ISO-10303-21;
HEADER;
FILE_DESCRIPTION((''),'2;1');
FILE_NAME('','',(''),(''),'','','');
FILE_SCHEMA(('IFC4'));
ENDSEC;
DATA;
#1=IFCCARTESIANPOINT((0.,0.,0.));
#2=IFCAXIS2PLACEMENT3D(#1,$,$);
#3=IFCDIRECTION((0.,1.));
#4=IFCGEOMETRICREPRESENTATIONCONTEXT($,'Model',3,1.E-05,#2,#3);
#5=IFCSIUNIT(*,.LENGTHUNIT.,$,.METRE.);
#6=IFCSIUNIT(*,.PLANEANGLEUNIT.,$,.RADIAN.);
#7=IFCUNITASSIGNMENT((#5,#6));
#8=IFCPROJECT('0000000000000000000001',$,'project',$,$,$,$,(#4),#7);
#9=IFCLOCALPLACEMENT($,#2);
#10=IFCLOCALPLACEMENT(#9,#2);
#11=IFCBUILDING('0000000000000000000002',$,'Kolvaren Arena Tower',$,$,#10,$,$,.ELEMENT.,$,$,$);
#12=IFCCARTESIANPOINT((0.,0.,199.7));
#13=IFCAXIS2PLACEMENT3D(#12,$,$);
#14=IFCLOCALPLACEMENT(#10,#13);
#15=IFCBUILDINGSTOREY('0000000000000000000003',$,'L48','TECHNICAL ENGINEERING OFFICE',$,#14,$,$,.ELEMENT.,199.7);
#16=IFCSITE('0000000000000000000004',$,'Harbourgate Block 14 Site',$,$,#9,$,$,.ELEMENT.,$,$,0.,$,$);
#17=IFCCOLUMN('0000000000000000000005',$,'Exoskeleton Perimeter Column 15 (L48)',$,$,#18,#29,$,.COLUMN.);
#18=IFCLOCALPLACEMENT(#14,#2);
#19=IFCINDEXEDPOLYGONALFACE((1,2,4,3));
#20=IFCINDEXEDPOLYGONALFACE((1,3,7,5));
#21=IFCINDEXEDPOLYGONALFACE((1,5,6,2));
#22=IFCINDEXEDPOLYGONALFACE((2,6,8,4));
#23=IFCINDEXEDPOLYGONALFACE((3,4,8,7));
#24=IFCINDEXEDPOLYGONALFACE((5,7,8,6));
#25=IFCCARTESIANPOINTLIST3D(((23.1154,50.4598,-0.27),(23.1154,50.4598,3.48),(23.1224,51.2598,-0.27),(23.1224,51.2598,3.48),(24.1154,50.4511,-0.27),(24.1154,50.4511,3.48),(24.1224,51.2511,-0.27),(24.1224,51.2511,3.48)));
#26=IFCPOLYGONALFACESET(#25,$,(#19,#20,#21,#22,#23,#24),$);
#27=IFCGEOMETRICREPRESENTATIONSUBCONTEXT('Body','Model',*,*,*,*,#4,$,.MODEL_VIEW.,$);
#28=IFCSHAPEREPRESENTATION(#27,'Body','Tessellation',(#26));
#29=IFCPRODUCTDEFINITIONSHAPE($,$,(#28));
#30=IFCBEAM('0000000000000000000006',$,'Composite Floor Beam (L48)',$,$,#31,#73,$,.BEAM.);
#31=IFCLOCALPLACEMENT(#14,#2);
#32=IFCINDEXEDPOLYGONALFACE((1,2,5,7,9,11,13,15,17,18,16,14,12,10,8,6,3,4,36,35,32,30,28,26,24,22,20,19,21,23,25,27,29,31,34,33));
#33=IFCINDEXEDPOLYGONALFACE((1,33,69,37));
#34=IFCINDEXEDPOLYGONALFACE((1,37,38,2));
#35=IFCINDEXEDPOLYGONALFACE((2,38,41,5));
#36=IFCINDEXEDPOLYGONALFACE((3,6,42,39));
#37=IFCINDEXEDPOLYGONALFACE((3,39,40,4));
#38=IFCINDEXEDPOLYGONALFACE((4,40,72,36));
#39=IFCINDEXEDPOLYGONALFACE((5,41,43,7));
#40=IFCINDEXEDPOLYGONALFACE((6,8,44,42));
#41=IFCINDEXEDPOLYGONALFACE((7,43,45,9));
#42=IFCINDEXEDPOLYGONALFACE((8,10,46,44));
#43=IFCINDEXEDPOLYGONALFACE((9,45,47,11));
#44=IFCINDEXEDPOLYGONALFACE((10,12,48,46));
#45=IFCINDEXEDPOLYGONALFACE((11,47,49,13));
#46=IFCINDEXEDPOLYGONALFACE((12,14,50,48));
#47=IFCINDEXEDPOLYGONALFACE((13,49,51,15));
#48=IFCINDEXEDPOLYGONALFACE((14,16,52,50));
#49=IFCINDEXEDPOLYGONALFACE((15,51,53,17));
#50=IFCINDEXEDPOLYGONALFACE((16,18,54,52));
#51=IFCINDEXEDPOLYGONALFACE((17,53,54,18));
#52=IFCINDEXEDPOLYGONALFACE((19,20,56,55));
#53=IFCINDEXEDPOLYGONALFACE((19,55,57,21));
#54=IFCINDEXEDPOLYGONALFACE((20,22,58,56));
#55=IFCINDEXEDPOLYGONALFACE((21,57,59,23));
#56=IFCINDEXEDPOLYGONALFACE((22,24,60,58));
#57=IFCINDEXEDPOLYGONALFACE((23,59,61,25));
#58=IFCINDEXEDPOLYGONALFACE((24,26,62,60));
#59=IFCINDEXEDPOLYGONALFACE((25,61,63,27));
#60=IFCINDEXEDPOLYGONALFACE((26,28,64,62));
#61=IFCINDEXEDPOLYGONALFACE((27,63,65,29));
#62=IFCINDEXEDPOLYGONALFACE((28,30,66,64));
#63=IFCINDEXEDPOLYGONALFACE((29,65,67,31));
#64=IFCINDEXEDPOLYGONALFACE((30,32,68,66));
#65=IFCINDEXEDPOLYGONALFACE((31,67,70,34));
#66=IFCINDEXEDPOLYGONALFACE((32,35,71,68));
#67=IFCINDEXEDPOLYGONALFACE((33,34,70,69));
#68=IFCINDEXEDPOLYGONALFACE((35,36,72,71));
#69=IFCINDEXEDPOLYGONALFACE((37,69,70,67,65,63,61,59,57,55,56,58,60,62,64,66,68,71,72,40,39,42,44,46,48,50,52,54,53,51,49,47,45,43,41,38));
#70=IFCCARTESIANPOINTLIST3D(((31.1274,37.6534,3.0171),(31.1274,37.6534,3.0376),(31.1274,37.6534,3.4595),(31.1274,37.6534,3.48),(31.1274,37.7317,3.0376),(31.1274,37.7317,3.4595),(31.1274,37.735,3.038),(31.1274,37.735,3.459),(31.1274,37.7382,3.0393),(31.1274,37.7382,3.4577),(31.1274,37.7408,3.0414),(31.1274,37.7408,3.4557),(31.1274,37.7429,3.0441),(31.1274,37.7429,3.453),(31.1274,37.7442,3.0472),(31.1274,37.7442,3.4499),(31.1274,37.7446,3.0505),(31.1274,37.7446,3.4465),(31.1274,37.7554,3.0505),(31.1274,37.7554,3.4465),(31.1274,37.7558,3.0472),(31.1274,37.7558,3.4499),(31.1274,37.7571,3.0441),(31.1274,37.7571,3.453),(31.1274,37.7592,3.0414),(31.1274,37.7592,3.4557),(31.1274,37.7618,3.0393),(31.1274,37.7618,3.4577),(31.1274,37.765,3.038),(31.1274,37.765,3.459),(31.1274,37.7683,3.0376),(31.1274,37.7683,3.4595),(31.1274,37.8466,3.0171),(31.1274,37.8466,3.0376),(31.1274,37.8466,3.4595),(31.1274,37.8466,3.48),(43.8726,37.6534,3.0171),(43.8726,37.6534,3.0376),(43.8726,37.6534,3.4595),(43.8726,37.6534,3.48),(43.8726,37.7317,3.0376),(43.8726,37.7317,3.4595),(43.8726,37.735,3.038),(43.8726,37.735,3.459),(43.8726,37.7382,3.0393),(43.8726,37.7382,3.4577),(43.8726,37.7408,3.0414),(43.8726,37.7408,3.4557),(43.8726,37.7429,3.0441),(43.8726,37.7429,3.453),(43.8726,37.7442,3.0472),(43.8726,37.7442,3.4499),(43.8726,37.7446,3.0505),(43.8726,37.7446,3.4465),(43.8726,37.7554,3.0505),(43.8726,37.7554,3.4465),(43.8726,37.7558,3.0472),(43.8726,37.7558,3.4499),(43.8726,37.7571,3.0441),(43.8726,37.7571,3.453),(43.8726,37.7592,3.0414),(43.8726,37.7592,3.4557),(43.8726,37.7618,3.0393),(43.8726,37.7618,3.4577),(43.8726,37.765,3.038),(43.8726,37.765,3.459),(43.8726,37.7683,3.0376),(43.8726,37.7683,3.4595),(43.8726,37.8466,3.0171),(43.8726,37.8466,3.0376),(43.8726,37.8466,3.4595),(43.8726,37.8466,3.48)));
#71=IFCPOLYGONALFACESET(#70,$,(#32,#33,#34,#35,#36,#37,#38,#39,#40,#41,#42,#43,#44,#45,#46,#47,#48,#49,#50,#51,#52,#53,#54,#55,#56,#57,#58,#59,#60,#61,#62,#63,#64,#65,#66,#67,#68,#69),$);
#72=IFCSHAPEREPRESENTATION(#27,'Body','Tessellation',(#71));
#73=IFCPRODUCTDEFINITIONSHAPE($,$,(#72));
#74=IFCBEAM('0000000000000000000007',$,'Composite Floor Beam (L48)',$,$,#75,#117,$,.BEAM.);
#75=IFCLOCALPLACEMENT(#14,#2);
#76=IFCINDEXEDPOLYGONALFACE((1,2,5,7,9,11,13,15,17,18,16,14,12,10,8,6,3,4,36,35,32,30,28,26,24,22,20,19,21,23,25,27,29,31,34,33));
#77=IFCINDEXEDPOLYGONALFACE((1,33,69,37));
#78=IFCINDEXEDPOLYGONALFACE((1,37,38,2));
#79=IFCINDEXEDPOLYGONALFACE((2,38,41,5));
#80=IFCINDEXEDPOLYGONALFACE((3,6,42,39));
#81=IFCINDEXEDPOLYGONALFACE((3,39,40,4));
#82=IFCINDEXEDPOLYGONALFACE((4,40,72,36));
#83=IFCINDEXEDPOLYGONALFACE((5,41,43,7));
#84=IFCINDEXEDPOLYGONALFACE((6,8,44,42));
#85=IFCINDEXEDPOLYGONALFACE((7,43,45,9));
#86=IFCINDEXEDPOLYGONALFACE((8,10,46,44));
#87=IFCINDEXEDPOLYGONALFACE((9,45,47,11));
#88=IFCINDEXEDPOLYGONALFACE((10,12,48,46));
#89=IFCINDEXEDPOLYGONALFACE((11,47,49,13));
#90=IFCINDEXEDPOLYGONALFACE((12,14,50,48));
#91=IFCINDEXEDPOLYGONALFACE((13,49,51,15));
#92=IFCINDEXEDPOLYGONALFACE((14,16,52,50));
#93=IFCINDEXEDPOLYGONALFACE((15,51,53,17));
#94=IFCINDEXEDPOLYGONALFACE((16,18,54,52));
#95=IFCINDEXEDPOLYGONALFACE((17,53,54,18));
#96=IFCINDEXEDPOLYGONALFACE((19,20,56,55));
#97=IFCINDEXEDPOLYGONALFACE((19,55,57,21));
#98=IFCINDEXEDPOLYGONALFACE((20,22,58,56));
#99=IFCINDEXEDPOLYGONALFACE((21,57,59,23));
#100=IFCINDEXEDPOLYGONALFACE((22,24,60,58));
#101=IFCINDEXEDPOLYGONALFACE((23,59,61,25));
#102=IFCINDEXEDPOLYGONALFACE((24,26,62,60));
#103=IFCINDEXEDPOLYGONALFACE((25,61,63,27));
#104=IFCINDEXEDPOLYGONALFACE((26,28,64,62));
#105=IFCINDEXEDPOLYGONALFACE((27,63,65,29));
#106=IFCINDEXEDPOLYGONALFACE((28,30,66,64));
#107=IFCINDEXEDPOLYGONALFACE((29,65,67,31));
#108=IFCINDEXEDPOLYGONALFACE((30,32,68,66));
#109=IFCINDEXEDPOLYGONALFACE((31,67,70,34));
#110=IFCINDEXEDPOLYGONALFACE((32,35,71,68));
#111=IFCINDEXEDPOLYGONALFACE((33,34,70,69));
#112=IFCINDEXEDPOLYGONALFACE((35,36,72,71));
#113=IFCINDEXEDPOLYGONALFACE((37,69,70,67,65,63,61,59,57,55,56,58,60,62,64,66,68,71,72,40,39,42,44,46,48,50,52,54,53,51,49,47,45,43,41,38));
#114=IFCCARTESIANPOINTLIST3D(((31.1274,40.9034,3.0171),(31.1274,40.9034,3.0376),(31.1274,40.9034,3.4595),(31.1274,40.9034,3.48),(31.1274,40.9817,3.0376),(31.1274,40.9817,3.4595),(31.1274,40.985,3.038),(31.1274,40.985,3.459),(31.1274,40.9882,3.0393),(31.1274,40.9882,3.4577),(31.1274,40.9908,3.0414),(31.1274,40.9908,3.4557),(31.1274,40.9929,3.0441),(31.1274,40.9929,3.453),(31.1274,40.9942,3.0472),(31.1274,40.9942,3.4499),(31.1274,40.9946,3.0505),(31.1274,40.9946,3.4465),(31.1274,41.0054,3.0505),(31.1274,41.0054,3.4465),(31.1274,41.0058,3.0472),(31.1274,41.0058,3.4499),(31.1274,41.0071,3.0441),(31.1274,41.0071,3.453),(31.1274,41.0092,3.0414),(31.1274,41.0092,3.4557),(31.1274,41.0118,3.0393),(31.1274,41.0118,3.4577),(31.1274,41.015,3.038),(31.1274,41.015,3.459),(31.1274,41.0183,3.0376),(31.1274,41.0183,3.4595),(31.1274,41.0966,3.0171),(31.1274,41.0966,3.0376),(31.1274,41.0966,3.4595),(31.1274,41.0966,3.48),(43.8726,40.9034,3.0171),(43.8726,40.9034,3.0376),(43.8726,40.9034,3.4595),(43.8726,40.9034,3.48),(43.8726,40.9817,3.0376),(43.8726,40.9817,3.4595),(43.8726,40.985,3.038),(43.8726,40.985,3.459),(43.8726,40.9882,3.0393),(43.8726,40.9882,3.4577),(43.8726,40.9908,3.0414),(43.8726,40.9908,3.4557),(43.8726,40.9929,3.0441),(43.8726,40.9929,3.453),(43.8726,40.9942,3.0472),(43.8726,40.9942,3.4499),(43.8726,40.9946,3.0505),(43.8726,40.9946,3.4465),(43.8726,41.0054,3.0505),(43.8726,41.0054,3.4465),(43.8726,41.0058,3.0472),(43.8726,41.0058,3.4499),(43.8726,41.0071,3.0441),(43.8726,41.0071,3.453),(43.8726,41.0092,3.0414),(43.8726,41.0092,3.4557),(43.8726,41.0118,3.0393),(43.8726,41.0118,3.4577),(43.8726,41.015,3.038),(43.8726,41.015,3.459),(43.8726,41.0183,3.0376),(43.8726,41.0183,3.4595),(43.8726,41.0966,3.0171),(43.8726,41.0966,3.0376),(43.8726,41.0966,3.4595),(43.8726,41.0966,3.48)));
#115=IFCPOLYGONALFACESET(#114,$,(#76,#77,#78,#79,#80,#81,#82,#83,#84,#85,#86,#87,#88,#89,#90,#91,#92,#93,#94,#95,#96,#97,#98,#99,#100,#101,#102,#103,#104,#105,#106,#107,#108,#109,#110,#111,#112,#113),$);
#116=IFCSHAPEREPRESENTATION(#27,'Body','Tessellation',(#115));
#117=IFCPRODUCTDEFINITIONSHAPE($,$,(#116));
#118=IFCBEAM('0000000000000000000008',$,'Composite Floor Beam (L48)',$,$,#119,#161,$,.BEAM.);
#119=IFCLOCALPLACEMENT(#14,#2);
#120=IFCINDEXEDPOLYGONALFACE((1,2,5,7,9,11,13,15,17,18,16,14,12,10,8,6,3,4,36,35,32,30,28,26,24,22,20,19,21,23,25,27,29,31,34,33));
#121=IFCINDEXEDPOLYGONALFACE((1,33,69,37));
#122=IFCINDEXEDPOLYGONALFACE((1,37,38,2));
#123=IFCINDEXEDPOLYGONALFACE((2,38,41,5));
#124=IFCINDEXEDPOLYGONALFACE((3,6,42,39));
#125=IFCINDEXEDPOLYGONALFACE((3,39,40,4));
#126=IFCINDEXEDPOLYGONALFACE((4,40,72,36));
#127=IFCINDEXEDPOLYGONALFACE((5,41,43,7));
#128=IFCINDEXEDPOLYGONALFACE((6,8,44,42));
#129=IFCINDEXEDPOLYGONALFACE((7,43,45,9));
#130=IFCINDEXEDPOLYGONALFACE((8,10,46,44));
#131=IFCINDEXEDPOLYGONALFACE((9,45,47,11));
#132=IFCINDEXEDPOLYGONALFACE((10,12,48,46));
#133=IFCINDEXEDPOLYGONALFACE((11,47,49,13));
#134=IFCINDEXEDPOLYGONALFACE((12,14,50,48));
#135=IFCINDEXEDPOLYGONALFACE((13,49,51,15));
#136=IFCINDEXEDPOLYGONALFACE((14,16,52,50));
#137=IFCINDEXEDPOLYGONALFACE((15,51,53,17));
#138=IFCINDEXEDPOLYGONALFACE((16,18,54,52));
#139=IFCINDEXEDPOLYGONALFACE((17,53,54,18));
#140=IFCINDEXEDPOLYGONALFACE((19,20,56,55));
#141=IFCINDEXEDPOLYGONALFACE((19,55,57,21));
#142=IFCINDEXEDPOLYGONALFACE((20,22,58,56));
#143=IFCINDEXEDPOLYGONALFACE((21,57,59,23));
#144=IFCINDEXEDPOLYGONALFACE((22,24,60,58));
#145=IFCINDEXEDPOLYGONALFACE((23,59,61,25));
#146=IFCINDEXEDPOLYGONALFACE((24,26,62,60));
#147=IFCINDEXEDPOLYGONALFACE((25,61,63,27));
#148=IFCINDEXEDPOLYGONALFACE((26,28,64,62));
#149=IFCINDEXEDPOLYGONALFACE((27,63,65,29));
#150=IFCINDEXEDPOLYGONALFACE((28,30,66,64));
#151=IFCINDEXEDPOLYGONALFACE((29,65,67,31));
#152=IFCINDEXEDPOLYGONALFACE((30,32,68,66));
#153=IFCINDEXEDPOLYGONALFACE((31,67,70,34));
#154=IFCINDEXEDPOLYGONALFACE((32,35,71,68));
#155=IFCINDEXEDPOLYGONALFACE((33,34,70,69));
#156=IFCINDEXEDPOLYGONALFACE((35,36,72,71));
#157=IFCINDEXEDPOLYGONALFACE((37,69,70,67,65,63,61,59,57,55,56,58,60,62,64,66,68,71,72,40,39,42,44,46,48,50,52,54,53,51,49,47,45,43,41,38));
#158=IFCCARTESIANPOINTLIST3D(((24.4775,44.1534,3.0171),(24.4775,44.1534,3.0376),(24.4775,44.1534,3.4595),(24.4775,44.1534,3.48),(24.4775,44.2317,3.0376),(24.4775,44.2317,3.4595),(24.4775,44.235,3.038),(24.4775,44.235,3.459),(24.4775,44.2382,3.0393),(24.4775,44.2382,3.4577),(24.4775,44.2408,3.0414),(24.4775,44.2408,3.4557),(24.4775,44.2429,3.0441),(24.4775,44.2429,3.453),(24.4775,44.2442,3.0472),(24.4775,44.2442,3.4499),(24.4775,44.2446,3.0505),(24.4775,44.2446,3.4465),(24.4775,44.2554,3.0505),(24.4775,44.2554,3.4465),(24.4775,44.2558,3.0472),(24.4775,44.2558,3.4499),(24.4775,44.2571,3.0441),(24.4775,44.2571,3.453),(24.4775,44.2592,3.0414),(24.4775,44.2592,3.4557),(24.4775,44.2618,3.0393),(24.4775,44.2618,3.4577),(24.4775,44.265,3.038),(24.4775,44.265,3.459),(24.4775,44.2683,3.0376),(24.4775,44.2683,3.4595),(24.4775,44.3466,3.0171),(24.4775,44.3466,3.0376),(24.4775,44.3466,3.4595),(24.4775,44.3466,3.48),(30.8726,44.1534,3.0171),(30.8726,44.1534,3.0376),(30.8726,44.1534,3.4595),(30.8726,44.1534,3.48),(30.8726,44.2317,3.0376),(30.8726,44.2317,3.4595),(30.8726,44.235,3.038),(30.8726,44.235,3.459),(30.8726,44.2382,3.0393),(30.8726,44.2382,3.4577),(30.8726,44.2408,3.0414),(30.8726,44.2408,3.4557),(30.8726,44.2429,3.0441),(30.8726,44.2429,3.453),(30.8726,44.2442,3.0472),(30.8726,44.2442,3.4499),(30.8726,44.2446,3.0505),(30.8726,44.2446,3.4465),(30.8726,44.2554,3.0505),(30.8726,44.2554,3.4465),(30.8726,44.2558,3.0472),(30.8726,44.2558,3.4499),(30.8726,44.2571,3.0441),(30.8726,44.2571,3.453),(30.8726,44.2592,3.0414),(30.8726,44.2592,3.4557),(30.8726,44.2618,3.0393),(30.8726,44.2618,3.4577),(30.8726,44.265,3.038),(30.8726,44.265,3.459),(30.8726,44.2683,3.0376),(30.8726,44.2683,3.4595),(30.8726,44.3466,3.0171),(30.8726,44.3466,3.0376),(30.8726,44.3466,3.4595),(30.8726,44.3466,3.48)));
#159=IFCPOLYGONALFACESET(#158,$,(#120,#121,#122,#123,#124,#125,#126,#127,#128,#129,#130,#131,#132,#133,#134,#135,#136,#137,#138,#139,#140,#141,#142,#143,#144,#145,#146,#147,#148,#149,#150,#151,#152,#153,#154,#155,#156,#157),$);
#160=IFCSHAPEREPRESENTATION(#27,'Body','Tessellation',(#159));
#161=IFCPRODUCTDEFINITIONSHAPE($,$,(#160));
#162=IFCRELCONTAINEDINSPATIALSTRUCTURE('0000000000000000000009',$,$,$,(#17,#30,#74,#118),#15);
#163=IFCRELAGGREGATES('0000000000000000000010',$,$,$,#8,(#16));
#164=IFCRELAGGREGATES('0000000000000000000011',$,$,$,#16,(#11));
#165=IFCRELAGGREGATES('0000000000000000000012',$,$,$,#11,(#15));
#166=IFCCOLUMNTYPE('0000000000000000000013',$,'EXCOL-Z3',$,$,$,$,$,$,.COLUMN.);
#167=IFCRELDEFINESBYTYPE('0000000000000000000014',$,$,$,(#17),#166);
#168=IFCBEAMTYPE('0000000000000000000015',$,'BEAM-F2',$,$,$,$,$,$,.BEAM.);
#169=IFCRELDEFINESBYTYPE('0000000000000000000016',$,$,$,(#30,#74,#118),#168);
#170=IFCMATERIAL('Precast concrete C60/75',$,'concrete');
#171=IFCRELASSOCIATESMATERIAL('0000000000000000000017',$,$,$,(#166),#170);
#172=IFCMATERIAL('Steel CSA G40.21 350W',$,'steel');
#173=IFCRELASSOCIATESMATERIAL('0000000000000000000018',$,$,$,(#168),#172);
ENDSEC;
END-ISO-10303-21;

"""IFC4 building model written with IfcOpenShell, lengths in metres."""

from ifc_helpers import new_model, si_unit, direction, frame, origin, origin_2d, place, context, subcontext, project, spatial, rectangle, i_section, extrude, material, material_profile, profile_set, type_object, element, save


model = new_model("IFC4")

# Units and contexts
model_context = context("Model", 3, precision=1e-05, world=origin(), true_north=direction((0.0, 1.0)))
body_context = subcontext(model_context, "Body", "Model", "MODEL_VIEW")
ifc_project = project(units=[si_unit("LENGTHUNIT", "METRE"), si_unit("PLANEANGLEUNIT", "RADIAN")], contexts=[model_context])

# Site, building, storey
site_placement = place(None, origin())
site = spatial("IfcSite", under=ifc_project, at=site_placement, Name="Harbourgate Block 14 Site", CompositionType="ELEMENT", RefElevation=0.0)
building_placement = place(site_placement, origin())
building = spatial("IfcBuilding", under=site, at=building_placement, Name="Kolvaren Arena Tower", CompositionType="ELEMENT")
storey_placement = place(building_placement, frame((0.0, 0.0, 199.7)))
storey = spatial("IfcBuildingStorey", under=building, at=storey_placement, Name="L48", Description="TECHNICAL ENGINEERING OFFICE", CompositionType="ELEMENT", Elevation=199.7)

# Column
ifc_material_1 = material(Name="Precast concrete C60/75", Category="concrete")
ifc_material_profile_1 = material_profile(ifc_material_1, rectangle(XDim=1.0, YDim=0.8, at=origin_2d()), Name="RC-1000x800")
ifc_profile_set_1 = profile_set([ifc_material_profile_1], Name="Precast concrete C60/75")
column_type = type_object("IfcColumnType", Name="EXCOL-Z3", PredefinedType="COLUMN", material=ifc_profile_set_1)
column_placement = place(storey_placement, frame((23.6189, 50.8555, -0.27), z_axis=(0.0, 0.0, 1.0), x_axis=(0.999962, -0.008727, 0.0)))
element("IfcColumn", 1, at=column_placement, inside=storey, type_object=column_type, Name="Exoskeleton Perimeter Column 15 (L48)", PredefinedType="COLUMN", context=body_context, shape_type="SweptSolid", body=[
    extrude(rectangle(XDim=1.0, YDim=0.8, at=origin_2d()), origin(), (0.0, 0.0, 1.0), 3.75),
])

# Beams
ifc_material_2 = material(Name="Steel CSA G40.21 350W", Category="steel")
ifc_material_profile_2 = material_profile(ifc_material_2, i_section(OverallWidth=0.1931, OverallDepth=0.4629, WebThickness=0.0107, FlangeThickness=0.0205, FilletRadius=0.0129, at=origin_2d()), Name="W460x113")
ifc_profile_set_2 = profile_set([ifc_material_profile_2], Name="Steel CSA G40.21 350W")
beam_type_1 = type_object("IfcBeamType", Name="BEAM-F2", PredefinedType="BEAM", material=ifc_profile_set_2)
for number, where, z_axis, x_axis, name in (
    (2, (31.1274, 37.75, 3.2485), (1.0, 0.0, 0.0), (0.0, 1.0, 0.0), "Composite Floor Beam (L48)"),
    (3, (31.1274, 41.0, 3.2485), (1.0, 0.0, 0.0), (0.0, 1.0, 0.0), "Composite Floor Beam (L48)"),
):
    element("IfcBeam", number, at=place(storey_placement, frame(where, z_axis=z_axis, x_axis=x_axis)), inside=storey, type_object=beam_type_1, Name=name, PredefinedType="BEAM", context=body_context, shape_type="SweptSolid", body=[
        extrude(i_section(OverallWidth=0.1931, OverallDepth=0.4629, WebThickness=0.0107, FlangeThickness=0.0205, FilletRadius=0.0129, at=origin_2d()), origin(), (0.0, 0.0, 1.0), 12.7451),
    ])
beam_1_placement = place(storey_placement, frame((24.4775, 44.25, 3.2485), z_axis=(1.0, 0.0, 0.0), x_axis=(0.0, 1.0, 0.0)))
element("IfcBeam", 4, at=beam_1_placement, inside=storey, type_object=beam_type_1, Name="Composite Floor Beam (L48)", PredefinedType="BEAM", context=body_context, shape_type="SweptSolid", body=[
    extrude(i_section(OverallWidth=0.1931, OverallDepth=0.4629, WebThickness=0.0107, FlangeThickness=0.0205, FilletRadius=0.0129, at=origin_2d()), origin(), (0.0, 0.0, 1.0), 6.395),
])

save(model, "model.ifc")
